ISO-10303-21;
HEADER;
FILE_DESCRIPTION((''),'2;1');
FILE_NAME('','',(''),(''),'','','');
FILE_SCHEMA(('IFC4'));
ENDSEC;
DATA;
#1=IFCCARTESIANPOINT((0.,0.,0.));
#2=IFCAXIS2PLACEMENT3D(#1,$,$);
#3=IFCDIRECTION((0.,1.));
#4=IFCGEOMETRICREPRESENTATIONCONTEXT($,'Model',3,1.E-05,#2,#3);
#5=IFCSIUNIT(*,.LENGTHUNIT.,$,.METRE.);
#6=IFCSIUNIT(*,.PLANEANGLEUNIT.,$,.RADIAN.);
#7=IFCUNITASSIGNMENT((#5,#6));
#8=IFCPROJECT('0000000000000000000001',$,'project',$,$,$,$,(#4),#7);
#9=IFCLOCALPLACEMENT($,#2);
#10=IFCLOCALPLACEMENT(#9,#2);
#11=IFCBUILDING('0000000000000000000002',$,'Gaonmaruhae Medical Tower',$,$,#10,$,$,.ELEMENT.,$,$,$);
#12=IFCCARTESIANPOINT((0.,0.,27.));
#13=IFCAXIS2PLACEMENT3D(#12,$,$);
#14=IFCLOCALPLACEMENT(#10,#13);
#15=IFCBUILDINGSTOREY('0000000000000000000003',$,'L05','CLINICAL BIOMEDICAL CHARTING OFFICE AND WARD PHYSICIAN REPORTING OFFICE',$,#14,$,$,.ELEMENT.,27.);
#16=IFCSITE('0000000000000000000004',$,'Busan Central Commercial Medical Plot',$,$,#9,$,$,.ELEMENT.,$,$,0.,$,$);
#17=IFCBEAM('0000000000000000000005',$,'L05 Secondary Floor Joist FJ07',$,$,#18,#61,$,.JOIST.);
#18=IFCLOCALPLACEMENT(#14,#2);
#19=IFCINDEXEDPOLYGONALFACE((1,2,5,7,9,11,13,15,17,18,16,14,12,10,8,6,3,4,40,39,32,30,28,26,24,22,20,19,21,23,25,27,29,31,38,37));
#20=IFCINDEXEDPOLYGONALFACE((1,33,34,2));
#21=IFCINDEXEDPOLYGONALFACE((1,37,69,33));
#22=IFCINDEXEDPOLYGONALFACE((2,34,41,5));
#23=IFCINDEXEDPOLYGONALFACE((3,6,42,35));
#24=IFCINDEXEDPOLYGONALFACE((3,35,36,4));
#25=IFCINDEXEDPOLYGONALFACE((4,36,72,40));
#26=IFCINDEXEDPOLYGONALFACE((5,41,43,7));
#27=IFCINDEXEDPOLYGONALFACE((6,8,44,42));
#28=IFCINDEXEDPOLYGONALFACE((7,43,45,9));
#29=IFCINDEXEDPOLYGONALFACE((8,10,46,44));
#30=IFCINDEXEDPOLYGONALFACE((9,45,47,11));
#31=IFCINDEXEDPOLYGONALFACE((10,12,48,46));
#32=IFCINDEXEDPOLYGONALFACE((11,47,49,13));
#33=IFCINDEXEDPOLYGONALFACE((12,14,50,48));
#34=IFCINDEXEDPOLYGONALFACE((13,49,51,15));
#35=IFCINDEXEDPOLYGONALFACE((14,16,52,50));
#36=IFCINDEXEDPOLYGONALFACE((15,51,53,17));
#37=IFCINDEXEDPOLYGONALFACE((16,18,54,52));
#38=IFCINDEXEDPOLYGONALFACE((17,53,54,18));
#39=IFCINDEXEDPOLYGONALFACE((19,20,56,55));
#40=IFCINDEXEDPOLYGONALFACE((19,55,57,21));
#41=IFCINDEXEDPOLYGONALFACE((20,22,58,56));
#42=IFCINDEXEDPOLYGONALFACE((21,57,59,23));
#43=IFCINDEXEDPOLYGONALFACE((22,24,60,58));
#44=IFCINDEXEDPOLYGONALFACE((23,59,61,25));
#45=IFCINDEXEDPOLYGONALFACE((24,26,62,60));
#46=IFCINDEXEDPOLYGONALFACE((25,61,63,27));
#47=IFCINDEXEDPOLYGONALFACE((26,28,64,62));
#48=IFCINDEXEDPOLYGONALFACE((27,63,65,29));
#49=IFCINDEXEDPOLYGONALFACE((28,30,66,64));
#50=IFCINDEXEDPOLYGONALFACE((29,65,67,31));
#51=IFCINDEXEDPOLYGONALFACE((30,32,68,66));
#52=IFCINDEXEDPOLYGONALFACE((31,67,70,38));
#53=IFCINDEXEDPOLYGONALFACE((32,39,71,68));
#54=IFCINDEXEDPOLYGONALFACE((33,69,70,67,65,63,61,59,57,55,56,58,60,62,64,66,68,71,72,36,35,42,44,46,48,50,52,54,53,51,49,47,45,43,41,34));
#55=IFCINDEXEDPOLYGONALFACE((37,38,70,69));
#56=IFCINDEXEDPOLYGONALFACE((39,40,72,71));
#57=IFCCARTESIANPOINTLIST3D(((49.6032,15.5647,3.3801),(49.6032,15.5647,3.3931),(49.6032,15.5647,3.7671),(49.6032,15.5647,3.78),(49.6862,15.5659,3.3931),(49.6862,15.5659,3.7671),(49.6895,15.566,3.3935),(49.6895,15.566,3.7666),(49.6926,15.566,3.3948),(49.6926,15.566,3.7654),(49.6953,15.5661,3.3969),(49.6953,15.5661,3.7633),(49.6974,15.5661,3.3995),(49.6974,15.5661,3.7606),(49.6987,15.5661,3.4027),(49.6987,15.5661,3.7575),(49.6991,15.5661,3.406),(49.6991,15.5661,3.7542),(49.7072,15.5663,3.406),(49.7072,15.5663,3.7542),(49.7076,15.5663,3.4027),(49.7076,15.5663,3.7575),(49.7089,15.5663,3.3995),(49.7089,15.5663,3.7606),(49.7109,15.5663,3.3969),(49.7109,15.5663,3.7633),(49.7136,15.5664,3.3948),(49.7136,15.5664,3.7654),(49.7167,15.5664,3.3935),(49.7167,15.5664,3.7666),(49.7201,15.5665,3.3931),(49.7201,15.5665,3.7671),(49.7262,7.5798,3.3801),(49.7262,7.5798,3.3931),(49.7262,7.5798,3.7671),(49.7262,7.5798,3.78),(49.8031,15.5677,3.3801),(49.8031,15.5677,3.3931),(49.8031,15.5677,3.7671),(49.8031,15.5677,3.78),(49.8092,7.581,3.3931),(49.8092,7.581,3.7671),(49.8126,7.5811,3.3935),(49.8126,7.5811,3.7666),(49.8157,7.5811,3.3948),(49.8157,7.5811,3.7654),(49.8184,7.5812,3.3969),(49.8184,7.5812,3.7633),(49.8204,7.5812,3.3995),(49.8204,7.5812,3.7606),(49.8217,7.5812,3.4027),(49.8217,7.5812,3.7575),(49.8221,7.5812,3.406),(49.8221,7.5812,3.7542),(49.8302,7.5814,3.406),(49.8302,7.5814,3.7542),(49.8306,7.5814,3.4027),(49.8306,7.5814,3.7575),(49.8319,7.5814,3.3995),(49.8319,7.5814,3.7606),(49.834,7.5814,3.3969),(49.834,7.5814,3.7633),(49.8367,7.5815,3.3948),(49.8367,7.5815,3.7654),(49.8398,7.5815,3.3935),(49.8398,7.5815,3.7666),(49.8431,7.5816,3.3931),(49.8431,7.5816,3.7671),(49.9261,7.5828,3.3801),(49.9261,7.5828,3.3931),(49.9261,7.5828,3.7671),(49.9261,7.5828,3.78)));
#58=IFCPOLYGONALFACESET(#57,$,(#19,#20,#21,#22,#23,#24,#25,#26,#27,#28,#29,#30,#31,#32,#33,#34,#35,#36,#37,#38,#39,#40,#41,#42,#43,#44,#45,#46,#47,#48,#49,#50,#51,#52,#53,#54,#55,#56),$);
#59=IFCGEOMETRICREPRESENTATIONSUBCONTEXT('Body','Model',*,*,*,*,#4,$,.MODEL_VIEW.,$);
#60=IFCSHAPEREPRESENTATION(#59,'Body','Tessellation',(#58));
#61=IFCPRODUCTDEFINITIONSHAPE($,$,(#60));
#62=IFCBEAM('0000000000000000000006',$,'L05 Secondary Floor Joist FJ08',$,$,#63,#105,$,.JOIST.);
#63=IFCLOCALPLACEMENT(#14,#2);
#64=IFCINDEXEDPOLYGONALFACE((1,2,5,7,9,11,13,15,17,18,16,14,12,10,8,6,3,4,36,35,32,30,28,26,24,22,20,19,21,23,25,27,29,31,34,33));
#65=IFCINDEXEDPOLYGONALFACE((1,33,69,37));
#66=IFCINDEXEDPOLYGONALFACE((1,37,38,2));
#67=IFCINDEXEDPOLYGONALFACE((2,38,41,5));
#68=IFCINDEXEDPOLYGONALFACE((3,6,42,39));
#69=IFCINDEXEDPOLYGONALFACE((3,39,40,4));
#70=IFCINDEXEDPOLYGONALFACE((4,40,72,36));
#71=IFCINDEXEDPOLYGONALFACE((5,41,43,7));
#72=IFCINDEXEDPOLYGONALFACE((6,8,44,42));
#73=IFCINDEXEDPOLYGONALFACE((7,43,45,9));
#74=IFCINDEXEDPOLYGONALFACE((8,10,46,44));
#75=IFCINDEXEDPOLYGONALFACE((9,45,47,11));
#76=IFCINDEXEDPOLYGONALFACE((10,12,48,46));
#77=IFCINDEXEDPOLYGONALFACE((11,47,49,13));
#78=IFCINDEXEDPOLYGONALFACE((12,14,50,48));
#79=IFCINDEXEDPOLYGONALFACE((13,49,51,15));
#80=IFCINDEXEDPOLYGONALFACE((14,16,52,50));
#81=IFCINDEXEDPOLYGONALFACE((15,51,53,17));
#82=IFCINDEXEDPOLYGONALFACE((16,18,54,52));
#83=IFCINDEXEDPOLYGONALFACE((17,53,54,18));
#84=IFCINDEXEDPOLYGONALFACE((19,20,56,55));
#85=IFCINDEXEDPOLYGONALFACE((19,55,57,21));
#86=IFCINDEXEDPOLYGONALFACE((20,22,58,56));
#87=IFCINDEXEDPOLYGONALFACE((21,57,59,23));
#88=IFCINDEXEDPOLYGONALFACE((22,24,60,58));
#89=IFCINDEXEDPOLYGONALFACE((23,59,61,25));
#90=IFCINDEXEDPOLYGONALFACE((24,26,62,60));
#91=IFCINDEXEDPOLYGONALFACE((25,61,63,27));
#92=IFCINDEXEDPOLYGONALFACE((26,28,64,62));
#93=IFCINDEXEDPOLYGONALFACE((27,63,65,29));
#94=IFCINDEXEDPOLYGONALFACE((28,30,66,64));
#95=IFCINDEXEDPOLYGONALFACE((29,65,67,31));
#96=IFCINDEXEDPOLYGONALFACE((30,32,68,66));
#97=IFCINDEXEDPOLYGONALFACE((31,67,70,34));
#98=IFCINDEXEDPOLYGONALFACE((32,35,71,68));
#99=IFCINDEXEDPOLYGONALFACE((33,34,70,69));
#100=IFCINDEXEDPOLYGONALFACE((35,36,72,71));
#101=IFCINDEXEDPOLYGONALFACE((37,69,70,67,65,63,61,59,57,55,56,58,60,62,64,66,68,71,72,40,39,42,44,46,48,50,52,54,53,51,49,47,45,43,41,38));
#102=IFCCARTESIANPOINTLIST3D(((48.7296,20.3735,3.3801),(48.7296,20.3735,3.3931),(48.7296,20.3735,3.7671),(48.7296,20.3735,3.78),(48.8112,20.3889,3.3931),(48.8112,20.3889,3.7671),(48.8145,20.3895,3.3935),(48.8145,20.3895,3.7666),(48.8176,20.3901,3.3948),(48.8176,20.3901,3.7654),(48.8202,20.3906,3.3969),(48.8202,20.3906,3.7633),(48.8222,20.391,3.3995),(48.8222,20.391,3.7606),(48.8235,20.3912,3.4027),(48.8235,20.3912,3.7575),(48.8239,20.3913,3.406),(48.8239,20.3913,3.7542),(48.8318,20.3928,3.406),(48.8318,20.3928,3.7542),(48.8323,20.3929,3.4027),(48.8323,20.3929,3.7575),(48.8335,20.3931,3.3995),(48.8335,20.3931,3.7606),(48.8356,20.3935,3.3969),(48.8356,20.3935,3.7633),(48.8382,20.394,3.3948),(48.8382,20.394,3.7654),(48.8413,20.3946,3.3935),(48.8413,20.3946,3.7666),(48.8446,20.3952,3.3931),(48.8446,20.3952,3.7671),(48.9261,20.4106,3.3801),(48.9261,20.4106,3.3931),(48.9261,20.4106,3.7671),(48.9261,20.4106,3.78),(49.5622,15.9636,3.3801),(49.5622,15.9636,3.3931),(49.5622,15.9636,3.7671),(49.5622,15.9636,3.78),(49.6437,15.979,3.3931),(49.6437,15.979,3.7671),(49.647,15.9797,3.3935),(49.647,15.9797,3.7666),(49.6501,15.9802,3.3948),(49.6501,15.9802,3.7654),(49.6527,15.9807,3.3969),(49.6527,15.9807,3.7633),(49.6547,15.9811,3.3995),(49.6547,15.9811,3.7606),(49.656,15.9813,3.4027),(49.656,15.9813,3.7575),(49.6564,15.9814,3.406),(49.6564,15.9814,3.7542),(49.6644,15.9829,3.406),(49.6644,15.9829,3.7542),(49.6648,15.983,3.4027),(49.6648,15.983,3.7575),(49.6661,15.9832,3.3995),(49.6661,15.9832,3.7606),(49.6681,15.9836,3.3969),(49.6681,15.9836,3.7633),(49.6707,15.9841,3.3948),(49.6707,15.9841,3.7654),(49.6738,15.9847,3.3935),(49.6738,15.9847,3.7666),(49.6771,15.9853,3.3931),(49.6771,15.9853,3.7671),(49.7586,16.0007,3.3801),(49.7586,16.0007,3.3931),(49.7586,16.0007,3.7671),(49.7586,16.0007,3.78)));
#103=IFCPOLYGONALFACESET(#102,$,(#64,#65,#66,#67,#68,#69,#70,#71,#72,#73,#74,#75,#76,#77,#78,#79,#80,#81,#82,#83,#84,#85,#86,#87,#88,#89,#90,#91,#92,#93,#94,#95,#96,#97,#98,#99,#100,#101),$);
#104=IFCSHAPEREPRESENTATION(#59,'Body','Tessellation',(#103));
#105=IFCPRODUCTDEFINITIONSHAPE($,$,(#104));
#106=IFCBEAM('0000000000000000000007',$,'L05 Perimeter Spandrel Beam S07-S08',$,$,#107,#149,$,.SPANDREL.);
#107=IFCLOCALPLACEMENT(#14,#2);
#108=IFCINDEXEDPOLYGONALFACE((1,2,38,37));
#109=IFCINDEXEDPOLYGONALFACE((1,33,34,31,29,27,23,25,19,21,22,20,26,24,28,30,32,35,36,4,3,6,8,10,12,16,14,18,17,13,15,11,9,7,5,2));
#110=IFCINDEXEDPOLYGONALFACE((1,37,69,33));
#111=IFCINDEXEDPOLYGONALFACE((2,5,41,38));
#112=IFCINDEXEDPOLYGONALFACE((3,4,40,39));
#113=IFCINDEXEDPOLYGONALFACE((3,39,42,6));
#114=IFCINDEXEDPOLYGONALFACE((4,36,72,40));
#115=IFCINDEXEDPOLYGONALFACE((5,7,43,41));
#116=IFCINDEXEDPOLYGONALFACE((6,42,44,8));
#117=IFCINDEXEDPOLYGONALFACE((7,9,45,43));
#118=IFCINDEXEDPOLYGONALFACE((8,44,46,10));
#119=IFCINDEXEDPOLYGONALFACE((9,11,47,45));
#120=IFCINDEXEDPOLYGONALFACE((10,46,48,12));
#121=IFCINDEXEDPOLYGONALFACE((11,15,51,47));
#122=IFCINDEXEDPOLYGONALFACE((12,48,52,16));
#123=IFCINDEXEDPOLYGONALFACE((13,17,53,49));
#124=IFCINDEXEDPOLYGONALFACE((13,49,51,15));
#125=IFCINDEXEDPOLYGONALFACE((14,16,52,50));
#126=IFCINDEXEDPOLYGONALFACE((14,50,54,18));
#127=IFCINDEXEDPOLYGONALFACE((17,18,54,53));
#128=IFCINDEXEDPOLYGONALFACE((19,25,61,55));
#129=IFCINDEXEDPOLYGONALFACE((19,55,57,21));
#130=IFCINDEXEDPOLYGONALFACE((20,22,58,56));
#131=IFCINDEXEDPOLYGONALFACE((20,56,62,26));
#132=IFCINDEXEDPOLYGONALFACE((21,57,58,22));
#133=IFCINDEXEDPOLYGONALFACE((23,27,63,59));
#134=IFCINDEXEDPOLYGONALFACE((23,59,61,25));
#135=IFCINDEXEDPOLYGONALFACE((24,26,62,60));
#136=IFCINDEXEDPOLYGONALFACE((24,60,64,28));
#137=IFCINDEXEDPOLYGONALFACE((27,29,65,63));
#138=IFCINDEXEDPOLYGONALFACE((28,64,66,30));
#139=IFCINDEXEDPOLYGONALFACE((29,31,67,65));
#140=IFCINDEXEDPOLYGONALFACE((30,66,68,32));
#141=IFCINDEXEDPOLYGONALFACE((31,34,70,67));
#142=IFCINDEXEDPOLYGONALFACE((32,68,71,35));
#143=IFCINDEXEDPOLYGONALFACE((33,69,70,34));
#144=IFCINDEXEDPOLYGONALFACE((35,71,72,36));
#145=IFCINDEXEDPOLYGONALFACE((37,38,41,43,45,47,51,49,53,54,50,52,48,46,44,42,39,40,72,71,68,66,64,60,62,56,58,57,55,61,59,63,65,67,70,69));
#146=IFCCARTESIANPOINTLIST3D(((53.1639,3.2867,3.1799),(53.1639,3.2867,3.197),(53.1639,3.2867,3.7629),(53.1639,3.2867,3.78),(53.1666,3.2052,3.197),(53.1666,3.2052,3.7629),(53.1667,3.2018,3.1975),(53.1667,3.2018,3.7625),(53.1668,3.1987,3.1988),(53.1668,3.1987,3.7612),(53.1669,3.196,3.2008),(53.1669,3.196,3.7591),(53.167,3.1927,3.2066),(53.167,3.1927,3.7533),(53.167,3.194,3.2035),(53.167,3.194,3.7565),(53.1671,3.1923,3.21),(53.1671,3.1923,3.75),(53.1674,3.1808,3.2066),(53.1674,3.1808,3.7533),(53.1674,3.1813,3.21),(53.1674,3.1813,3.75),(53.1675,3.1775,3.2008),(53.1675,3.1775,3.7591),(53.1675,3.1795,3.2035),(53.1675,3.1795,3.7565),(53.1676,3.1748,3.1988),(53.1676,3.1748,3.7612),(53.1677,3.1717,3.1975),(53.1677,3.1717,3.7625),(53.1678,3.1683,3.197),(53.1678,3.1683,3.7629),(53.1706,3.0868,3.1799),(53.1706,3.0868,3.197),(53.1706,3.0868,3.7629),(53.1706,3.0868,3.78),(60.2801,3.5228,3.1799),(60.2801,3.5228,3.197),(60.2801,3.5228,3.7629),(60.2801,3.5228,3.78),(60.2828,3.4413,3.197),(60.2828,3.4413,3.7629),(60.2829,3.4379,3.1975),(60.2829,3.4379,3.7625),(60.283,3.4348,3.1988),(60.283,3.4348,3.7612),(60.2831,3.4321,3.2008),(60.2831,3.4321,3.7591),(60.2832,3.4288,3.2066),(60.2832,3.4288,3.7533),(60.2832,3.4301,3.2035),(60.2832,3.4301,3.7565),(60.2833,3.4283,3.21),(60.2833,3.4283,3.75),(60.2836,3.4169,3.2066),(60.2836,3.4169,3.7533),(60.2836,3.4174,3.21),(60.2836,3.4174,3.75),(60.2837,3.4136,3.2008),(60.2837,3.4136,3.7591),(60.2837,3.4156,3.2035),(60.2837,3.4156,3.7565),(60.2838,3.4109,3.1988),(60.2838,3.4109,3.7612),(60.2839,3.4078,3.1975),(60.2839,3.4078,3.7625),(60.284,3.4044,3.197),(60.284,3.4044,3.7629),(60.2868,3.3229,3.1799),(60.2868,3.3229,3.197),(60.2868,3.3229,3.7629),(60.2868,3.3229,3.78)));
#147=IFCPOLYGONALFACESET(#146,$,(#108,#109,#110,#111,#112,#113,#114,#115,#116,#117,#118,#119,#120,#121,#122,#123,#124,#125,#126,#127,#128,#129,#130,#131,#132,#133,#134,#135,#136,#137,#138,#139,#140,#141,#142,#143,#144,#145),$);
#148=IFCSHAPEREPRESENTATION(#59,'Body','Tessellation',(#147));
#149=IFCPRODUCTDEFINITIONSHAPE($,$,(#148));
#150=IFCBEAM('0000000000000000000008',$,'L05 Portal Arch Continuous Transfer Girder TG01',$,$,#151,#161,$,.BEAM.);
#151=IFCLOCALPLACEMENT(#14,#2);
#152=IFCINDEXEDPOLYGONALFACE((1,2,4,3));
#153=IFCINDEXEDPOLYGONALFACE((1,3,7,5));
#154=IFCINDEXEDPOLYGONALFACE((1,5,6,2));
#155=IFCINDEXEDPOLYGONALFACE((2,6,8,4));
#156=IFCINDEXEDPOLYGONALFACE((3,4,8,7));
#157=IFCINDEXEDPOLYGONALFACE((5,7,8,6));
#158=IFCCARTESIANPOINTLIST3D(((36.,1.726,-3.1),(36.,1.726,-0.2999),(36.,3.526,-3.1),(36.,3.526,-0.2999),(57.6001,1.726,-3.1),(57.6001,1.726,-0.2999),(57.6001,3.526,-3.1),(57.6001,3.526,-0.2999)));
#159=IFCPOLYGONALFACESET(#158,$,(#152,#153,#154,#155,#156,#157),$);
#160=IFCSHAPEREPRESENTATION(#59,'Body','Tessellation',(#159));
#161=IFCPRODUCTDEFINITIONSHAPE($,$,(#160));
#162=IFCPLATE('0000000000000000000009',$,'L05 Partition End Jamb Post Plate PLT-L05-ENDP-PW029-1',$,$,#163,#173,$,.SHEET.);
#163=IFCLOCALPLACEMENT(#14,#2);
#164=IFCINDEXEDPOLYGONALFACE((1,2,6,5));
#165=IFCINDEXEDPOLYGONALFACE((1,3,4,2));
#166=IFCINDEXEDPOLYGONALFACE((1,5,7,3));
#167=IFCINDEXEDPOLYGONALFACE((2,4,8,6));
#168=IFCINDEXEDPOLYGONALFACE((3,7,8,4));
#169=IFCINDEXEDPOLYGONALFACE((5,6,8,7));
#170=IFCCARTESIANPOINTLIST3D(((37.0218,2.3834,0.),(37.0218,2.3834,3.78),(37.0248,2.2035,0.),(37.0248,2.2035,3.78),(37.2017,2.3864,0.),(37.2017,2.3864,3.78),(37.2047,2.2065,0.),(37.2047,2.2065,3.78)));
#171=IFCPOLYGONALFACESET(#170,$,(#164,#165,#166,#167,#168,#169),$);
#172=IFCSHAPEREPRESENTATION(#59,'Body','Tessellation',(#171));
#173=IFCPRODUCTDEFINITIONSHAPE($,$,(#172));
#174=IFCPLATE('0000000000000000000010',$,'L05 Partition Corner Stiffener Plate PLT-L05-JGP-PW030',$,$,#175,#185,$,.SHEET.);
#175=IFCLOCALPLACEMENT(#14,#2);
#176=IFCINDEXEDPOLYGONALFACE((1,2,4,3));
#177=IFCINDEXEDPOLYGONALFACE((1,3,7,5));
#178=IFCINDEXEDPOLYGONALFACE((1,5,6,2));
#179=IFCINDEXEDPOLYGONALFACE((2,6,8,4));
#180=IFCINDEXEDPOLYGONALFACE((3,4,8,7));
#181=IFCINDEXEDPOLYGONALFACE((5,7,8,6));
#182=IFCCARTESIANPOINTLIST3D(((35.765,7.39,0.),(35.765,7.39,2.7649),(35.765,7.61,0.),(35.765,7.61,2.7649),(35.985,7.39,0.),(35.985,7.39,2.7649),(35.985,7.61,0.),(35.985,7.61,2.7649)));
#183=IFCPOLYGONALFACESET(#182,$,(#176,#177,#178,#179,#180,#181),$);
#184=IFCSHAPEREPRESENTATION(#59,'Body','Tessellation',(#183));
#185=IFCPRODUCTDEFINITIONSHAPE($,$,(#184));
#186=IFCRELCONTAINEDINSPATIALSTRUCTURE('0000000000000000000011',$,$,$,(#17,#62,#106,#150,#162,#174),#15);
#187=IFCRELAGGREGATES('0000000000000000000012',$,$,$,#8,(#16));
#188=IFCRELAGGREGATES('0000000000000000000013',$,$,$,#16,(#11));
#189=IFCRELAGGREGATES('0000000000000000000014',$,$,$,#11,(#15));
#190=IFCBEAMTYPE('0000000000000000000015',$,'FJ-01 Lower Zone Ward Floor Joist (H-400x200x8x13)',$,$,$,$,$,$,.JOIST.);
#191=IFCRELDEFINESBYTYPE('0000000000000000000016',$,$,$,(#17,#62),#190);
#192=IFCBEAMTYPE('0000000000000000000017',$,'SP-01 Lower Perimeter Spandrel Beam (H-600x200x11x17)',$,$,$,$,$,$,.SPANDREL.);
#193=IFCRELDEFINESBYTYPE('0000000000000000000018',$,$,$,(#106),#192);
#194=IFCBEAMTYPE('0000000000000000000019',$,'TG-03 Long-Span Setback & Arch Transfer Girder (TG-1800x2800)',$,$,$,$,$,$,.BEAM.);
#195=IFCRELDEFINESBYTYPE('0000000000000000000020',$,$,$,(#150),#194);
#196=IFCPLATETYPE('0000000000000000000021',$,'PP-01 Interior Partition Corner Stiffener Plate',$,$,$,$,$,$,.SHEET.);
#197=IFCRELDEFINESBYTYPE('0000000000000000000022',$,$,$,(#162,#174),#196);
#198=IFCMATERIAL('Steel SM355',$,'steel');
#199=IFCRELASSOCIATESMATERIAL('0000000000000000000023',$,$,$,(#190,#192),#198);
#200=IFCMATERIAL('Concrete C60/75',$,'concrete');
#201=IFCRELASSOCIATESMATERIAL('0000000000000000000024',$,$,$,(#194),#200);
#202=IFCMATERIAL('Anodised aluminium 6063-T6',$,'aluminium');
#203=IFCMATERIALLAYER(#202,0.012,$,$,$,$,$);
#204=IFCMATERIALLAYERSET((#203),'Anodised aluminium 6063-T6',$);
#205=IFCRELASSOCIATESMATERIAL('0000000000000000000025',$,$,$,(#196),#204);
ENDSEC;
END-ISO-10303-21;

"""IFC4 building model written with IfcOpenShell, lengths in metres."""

from ifc_helpers import new_model, si_unit, direction, frame, origin, origin_2d, place, context, subcontext, project, spatial, rectangle, i_section, extrude, material, layer, layer_set, material_profile, profile_set, type_object, element, save


model = new_model("IFC4")

# Units and contexts
model_context = context("Model", 3, precision=1e-05, world=origin(), true_north=direction((0.0, 1.0)))
body_context = subcontext(model_context, "Body", "Model", "MODEL_VIEW")
ifc_project = project(units=[si_unit("LENGTHUNIT", "METRE"), si_unit("PLANEANGLEUNIT", "RADIAN")], contexts=[model_context])

# Site, building, storey
site_placement = place(None, origin())
site = spatial("IfcSite", under=ifc_project, at=site_placement, Name="Busan Central Commercial Medical Plot", CompositionType="ELEMENT", RefElevation=0.0)
building_placement = place(site_placement, origin())
building = spatial("IfcBuilding", under=site, at=building_placement, Name="Gaonmaruhae Medical Tower", CompositionType="ELEMENT")
storey_placement = place(building_placement, frame((0.0, 0.0, 27.0)))
storey = spatial("IfcBuildingStorey", under=building, at=storey_placement, Name="L05", Description="CLINICAL BIOMEDICAL CHARTING OFFICE AND WARD PHYSICIAN REPORTING OFFICE", CompositionType="ELEMENT", Elevation=27.0)

# Shared definitions
ifc_material_1 = material(Name="Concrete C60/75", Category="concrete")

# Beams
ifc_material_2 = material(Name="Steel SM355", Category="steel")
ifc_material_profile_1 = material_profile(ifc_material_2, i_section(OverallWidth=0.2, OverallDepth=0.3999, WebThickness=0.0081, FlangeThickness=0.0129, FilletRadius=0.0129, at=origin_2d()), Name="H-400x200x8x13")
ifc_profile_set_1 = profile_set([ifc_material_profile_1], Name="Steel SM355")
beam_type_1 = type_object("IfcBeamType", Name="FJ-01 Lower Zone Ward Floor Joist (H-400x200x8x13)", PredefinedType="JOIST", material=ifc_profile_set_1)
beam_1_placement = place(storey_placement, frame((49.8262, 7.5813, 3.5801), z_axis=(-0.015408, 0.999881, 0.0), x_axis=(-0.999881, -0.015408, 0.0)))
element("IfcBeam", 1, at=beam_1_placement, inside=storey, type_object=beam_type_1, Name="L05 Secondary Floor Joist FJ07", PredefinedType="JOIST", context=body_context, shape_type="SweptSolid", body=[
    extrude(i_section(OverallWidth=0.2, OverallDepth=0.3999, WebThickness=0.0081, FlangeThickness=0.0129, FilletRadius=0.0129, at=origin_2d()), origin(), (0.0, 0.0, 1.0), 7.9858),
])
beam_2_placement = place(storey_placement, frame((49.6604, 15.9822, 3.5801), z_axis=(-0.185507, 0.982643, 0.0), x_axis=(-0.982643, -0.185507, 0.0)))
element("IfcBeam", 2, at=beam_2_placement, inside=storey, type_object=beam_type_1, Name="L05 Secondary Floor Joist FJ08", PredefinedType="JOIST", context=body_context, shape_type="SweptSolid", body=[
    extrude(i_section(OverallWidth=0.2, OverallDepth=0.3999, WebThickness=0.0081, FlangeThickness=0.0129, FilletRadius=0.0129, at=origin_2d()), origin(), (0.0, 0.0, 1.0), 4.4878),
])
ifc_material_profile_2 = material_profile(ifc_material_2, i_section(OverallWidth=0.2, OverallDepth=0.6001, WebThickness=0.011, FlangeThickness=0.0171, FilletRadius=0.0129, at=origin_2d()), Name="H-600x200x11x17")
ifc_profile_set_2 = profile_set([ifc_material_profile_2], Name="Steel SM355")
beam_type_2 = type_object("IfcBeamType", Name="SP-01 Lower Perimeter Spandrel Beam (H-600x200x11x17)", PredefinedType="SPANDREL", material=ifc_profile_set_2)
beam_3_placement = place(storey_placement, frame((53.1672, 3.1868, 3.48), z_axis=(0.99945, 0.033157, 0.0), x_axis=(-0.033157, 0.99945, 0.0)))
element("IfcBeam", 3, at=beam_3_placement, inside=storey, type_object=beam_type_2, Name="L05 Perimeter Spandrel Beam S07-S08", PredefinedType="SPANDREL", context=body_context, shape_type="SweptSolid", body=[
    extrude(i_section(OverallWidth=0.2, OverallDepth=0.6001, WebThickness=0.011, FlangeThickness=0.0171, FilletRadius=0.0129, at=origin_2d()), origin(), (0.0, 0.0, 1.0), 7.1201),
])
ifc_material_profile_3 = material_profile(ifc_material_1, rectangle(XDim=1.8, YDim=2.8, at=origin_2d()), Name="TG-1800x2800")
ifc_profile_set_3 = profile_set([ifc_material_profile_3], Name="Concrete C60/75")
beam_type_3 = type_object("IfcBeamType", Name="TG-03 Long-Span Setback & Arch Transfer Girder (TG-1800x2800)", PredefinedType="BEAM", material=ifc_profile_set_3)
beam_4_placement = place(storey_placement, frame((36.0, 2.626, -1.7), z_axis=(1.0, 0.0, 0.0), x_axis=(0.0, 1.0, 0.0)))
element("IfcBeam", 4, at=beam_4_placement, inside=storey, type_object=beam_type_3, Name="L05 Portal Arch Continuous Transfer Girder TG01", PredefinedType="BEAM", context=body_context, shape_type="SweptSolid", body=[
    extrude(rectangle(XDim=1.8, YDim=2.8, at=origin_2d()), origin(), (0.0, 0.0, 1.0), 21.6001),
])

# Plates
ifc_material_3 = material(Name="Anodised aluminium 6063-T6", Category="aluminium")
ifc_layer_1 = layer(ifc_material_3, 0.012)
ifc_layer_set_1 = layer_set([ifc_layer_1], Name="Anodised aluminium 6063-T6")
plate_type = type_object("IfcPlateType", Name="PP-01 Interior Partition Corner Stiffener Plate", PredefinedType="SHEET", material=ifc_layer_set_1)
plate_1_placement = place(storey_placement, frame((37.1133, 2.2949, 0.0), z_axis=(0.0, 0.0, 1.0), x_axis=(0.016597, -0.999862, 0.0)))
element("IfcPlate", 5, at=plate_1_placement, inside=storey, type_object=plate_type, Name="L05 Partition End Jamb Post Plate PLT-L05-ENDP-PW029-1", PredefinedType="SHEET", context=body_context, shape_type="SweptSolid", body=[
    extrude(rectangle(XDim=0.1799, YDim=0.1799, at=origin_2d()), origin(), (0.0, 0.0, 1.0), 3.78),
])
plate_2_placement = place(storey_placement, frame((35.875, 7.5, 0.0), z_axis=(0.0, 0.0, 1.0), x_axis=(1.0, 0.0, 0.0)))
element("IfcPlate", 6, at=plate_2_placement, inside=storey, type_object=plate_type, Name="L05 Partition Corner Stiffener Plate PLT-L05-JGP-PW030", PredefinedType="SHEET", context=body_context, shape_type="SweptSolid", body=[
    extrude(rectangle(XDim=0.22, YDim=0.22, at=origin_2d()), origin(), (0.0, 0.0, 1.0), 2.7649),
])

save(model, "model.ifc")
